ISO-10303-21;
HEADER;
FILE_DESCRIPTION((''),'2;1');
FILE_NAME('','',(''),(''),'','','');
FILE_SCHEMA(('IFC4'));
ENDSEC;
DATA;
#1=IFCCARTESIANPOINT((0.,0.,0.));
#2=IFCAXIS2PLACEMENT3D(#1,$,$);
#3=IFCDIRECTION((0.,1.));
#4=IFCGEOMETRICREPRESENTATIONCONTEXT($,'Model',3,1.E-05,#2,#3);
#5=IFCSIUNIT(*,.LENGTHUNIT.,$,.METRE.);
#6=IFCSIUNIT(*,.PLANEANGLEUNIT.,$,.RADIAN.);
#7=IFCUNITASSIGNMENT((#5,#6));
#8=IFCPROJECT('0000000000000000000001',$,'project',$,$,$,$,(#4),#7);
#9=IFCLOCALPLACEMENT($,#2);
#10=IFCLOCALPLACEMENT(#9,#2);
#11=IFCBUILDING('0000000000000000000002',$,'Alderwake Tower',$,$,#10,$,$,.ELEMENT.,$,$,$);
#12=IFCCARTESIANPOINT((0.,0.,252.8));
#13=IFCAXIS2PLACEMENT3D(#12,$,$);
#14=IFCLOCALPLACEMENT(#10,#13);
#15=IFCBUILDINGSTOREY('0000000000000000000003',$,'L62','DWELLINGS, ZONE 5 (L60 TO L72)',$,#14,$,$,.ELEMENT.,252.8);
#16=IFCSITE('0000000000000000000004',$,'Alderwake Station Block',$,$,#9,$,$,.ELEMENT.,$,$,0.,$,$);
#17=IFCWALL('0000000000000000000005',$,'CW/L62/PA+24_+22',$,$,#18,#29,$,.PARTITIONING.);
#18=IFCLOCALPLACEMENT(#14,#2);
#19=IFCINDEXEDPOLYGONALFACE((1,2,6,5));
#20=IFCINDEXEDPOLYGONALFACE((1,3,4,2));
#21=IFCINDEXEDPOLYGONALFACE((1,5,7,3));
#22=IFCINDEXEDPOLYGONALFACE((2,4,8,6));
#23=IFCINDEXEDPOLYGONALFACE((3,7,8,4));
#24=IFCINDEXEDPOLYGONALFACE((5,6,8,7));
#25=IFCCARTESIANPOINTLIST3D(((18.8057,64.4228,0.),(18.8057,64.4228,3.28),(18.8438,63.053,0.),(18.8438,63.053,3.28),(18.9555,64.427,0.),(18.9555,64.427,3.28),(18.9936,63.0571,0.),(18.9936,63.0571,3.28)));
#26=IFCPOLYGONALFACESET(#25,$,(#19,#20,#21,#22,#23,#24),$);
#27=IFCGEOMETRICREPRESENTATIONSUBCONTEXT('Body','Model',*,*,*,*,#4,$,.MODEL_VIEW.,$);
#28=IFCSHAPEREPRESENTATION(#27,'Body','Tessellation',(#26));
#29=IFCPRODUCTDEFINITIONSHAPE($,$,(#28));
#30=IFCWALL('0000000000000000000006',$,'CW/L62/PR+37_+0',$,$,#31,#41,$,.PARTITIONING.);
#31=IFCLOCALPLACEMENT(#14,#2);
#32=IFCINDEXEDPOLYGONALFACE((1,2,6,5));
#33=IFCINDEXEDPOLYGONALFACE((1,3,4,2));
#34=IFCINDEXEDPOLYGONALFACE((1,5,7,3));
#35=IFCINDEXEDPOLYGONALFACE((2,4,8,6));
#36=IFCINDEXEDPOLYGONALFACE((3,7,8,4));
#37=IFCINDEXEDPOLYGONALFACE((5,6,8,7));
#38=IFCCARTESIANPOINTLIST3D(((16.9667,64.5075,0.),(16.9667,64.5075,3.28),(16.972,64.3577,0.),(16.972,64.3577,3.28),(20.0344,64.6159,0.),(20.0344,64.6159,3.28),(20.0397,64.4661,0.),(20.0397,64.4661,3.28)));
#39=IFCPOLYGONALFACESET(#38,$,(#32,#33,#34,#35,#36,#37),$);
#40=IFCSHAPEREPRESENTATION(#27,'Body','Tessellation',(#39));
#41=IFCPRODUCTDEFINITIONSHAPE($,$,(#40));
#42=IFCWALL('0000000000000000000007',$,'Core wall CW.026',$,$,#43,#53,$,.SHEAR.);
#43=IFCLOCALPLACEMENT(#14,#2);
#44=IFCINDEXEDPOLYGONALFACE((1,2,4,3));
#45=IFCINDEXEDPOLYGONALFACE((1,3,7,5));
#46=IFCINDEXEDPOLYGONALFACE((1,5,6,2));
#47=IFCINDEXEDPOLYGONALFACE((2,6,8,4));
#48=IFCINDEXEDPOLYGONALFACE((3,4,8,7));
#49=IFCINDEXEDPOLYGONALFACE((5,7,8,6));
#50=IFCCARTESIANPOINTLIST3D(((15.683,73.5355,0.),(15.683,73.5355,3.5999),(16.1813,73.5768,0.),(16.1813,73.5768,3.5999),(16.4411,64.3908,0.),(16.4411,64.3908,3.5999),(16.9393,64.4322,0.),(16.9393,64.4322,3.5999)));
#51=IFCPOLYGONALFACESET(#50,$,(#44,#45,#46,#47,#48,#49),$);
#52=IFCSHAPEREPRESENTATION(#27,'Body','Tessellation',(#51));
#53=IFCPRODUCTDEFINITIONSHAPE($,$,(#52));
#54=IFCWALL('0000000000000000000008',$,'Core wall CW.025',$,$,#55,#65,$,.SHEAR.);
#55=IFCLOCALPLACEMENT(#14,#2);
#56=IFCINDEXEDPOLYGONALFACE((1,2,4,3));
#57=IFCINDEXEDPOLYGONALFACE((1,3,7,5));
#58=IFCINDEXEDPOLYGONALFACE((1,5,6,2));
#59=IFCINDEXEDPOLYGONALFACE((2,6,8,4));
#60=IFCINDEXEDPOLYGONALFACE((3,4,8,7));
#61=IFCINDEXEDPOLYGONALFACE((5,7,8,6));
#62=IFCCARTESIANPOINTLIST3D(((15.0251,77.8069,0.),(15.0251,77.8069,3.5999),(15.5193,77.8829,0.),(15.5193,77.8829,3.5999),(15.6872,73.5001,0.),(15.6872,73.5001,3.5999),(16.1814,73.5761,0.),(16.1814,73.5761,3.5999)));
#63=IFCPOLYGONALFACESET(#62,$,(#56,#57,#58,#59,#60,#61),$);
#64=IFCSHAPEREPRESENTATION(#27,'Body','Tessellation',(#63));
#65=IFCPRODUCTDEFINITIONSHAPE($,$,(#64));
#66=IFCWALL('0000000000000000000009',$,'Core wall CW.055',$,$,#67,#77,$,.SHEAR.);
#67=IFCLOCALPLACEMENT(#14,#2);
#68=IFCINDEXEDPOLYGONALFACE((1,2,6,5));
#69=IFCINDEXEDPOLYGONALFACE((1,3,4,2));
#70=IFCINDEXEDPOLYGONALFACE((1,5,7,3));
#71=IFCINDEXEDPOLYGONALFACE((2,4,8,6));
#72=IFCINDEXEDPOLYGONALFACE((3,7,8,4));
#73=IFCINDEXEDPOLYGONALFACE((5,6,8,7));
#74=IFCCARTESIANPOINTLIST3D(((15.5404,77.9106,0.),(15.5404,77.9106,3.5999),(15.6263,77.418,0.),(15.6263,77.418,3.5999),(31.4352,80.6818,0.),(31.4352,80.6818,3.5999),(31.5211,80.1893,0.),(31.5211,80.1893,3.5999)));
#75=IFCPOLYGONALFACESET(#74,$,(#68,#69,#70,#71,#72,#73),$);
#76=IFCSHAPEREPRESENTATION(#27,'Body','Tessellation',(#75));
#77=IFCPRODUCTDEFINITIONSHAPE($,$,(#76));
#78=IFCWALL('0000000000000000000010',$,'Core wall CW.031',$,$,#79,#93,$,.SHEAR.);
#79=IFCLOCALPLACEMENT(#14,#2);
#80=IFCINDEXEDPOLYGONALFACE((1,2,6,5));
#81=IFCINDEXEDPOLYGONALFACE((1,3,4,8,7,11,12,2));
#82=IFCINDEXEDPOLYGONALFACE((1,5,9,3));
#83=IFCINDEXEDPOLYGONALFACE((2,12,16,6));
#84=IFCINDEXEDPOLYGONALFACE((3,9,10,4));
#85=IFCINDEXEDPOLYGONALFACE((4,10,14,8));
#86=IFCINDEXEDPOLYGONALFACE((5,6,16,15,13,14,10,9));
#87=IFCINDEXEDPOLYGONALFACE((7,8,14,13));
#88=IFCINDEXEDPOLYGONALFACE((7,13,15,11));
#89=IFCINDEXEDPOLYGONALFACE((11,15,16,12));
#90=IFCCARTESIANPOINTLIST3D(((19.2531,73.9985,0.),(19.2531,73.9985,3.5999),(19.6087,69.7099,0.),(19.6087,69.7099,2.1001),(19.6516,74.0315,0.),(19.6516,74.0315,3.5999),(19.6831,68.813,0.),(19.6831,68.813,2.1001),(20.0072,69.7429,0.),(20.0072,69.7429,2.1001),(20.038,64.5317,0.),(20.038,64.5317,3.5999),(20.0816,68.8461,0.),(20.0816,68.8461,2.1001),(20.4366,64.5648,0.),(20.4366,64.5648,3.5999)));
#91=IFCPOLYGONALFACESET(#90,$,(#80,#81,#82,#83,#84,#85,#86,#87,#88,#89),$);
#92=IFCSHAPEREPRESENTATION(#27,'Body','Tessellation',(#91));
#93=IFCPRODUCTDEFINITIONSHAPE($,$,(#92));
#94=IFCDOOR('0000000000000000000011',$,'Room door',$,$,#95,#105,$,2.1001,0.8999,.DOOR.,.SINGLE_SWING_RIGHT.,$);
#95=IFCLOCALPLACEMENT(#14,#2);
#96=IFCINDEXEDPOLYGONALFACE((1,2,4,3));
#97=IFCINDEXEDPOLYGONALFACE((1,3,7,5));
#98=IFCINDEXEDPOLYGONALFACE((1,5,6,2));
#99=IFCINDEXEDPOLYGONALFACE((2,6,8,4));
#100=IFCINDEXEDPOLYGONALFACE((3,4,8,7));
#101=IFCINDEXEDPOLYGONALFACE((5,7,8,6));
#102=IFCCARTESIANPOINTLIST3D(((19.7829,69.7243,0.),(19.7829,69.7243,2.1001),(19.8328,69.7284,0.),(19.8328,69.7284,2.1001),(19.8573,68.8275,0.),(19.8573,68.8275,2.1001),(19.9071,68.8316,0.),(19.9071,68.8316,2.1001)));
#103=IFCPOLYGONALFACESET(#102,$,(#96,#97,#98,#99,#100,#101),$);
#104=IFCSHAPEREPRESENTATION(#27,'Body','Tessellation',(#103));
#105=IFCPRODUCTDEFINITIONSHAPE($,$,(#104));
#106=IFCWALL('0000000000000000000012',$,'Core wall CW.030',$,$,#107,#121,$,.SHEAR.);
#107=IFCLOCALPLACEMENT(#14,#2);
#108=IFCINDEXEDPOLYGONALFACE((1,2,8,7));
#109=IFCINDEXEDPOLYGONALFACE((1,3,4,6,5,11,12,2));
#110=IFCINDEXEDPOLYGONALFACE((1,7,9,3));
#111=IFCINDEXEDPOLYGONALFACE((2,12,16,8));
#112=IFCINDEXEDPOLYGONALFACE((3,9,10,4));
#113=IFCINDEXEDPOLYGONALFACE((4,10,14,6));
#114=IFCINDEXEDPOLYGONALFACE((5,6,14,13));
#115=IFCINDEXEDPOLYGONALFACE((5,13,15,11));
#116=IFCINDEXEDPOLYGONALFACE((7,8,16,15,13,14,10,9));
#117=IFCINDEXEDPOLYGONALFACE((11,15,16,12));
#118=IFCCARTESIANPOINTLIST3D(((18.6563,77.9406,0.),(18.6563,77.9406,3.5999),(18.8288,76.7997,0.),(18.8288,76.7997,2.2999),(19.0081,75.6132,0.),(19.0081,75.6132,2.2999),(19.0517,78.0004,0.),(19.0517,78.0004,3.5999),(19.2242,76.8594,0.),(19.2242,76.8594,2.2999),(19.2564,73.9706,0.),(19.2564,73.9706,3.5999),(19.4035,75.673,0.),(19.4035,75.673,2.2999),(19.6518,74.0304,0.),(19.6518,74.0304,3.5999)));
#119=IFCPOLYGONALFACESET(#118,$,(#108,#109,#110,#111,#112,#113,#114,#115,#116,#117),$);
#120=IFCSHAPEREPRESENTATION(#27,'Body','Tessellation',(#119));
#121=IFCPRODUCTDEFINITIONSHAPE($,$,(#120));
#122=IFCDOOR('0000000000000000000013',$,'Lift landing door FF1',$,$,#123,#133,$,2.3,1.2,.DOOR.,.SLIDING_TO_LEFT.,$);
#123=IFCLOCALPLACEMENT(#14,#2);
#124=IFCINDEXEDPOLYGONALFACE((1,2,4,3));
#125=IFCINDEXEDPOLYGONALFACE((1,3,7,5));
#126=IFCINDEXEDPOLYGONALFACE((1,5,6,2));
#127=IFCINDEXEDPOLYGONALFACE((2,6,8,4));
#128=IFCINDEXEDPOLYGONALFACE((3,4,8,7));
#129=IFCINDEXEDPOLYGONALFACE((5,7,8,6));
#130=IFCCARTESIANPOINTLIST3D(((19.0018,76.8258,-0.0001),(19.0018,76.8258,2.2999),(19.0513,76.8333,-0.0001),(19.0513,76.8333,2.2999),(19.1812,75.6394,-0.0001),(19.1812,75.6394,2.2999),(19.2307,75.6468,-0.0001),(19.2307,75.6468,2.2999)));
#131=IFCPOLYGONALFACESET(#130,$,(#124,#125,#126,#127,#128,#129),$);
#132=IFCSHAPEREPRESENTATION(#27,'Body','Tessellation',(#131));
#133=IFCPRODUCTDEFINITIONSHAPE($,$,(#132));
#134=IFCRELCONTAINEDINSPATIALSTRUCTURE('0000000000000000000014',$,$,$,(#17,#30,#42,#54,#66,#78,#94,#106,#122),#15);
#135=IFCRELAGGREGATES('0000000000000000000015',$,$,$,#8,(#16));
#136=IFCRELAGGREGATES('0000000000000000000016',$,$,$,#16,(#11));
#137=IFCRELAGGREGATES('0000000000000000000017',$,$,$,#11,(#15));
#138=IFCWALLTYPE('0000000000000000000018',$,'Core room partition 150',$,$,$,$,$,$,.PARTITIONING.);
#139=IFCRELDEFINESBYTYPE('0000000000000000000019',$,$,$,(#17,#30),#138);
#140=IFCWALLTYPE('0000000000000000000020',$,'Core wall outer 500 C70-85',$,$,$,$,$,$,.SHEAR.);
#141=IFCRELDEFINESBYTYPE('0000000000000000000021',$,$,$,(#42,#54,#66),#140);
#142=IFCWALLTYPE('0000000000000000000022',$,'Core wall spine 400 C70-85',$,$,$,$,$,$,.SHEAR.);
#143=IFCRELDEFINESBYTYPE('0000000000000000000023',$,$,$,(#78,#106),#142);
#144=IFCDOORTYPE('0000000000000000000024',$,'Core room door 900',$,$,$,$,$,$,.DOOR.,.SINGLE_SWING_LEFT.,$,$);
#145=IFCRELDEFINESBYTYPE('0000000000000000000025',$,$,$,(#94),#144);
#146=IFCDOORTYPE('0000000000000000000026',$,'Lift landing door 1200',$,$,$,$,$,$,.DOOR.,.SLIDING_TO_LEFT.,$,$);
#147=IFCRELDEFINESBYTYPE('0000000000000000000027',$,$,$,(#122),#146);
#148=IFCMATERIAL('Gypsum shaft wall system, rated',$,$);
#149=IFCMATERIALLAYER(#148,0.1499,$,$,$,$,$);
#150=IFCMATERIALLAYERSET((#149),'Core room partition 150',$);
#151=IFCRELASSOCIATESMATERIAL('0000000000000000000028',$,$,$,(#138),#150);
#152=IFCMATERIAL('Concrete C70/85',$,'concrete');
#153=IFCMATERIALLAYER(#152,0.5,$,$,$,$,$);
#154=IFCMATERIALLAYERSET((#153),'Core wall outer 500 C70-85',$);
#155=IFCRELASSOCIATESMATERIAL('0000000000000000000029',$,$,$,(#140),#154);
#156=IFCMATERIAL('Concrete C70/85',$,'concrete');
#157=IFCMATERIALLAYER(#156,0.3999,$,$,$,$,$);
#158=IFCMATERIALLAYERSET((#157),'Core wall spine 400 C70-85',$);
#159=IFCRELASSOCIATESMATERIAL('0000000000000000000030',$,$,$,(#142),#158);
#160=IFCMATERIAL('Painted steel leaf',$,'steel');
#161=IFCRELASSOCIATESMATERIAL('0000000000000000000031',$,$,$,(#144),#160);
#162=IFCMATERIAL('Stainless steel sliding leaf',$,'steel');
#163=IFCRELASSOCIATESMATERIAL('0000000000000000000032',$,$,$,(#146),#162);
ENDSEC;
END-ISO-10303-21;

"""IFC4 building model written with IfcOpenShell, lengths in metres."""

from ifc_helpers import new_model, si_unit, direction, frame, frame_2d, origin, place, context, subcontext, project, spatial, rectangle, extrude, material, layer, layer_set, type_object, element, fill, save


model = new_model("IFC4")

# Units and contexts
model_context = context("Model", 3, precision=1e-05, world=origin(), true_north=direction((0.0, 1.0)))
body_context = subcontext(model_context, "Body", "Model", "MODEL_VIEW")
ifc_project = project(units=[si_unit("LENGTHUNIT", "METRE"), si_unit("PLANEANGLEUNIT", "RADIAN")], contexts=[model_context])

# Site, building, storey
site_placement = place(None, origin())
site = spatial("IfcSite", under=ifc_project, at=site_placement, Name="Alderwake Station Block", CompositionType="ELEMENT", RefElevation=0.0)
building_placement = place(site_placement, origin())
building = spatial("IfcBuilding", under=site, at=building_placement, Name="Alderwake Tower", CompositionType="ELEMENT")
storey_placement = place(building_placement, frame((0.0, 0.0, 252.8)))
storey = spatial("IfcBuildingStorey", under=building, at=storey_placement, Name="L62", Description="DWELLINGS, ZONE 5 (L60 TO L72)", CompositionType="ELEMENT", Elevation=252.8)

# Walls
ifc_material_1 = material(Name="Gypsum shaft wall system, rated")
ifc_layer_1 = layer(ifc_material_1, 0.1499)
ifc_layer_set_1 = layer_set([ifc_layer_1], Name="Core room partition 150")
wall_type_1 = type_object("IfcWallType", Name="Core room partition 150", PredefinedType="PARTITIONING", material=ifc_layer_set_1)
wall_1_placement = place(storey_placement, frame((18.9187, 63.0552, 0.0), z_axis=(0.0, 0.0, 1.0), x_axis=(-0.027792, 0.999614, 0.0)))
element("IfcWall", 1, at=wall_1_placement, inside=storey, type_object=wall_type_1, Name="CW/L62/PA+24_+22", PredefinedType="PARTITIONING", context=body_context, shape_type="SweptSolid", body=[
    extrude(rectangle(XDim=1.3704, YDim=0.1499, at=frame_2d((0.6851, 0.0))), origin(), (0.0, 0.0, 1.0), 3.28),
])
wall_2_placement = place(storey_placement, frame((16.9695, 64.4326, 0.0), z_axis=(0.0, 0.0, 1.0), x_axis=(0.999376, 0.035314, 0.0)))
element("IfcWall", 2, at=wall_2_placement, inside=storey, type_object=wall_type_1, Name="CW/L62/PR+37_+0", PredefinedType="PARTITIONING", context=body_context, shape_type="SweptSolid", body=[
    extrude(rectangle(XDim=3.0696, YDim=0.1499, at=frame_2d((1.5347, 0.0))), origin(), (0.0, 0.0, 1.0), 3.28),
])
ifc_material_2 = material(Name="Concrete C70/85", Category="concrete")
ifc_layer_2 = layer(ifc_material_2, 0.5)
ifc_layer_set_2 = layer_set([ifc_layer_2], Name="Core wall outer 500 C70-85")
wall_type_2 = type_object("IfcWallType", Name="Core wall outer 500 C70-85", PredefinedType="SHEAR", material=ifc_layer_set_2)
wall_3_placement = place(storey_placement, frame((16.6902, 64.4116, 0.0), z_axis=(0.0, 0.0, 1.0), x_axis=(-0.082612, 0.996582, 0.0)))
element("IfcWall", 3, at=wall_3_placement, inside=storey, type_object=wall_type_2, Name="Core wall CW.026", PredefinedType="SHEAR", context=body_context, shape_type="SweptSolid", body=[
    extrude(rectangle(XDim=9.176, YDim=0.5, at=frame_2d((4.5879, 0.0))), origin(), (0.0, 0.0, 1.0), 3.5999),
])
wall_4_placement = place(storey_placement, frame((15.9343, 73.5381, 0.0), z_axis=(0.0, 0.0, 1.0), x_axis=(-0.151948, 0.988389, 0.0)))
element("IfcWall", 4, at=wall_4_placement, inside=storey, type_object=wall_type_2, Name="Core wall CW.025", PredefinedType="SHEAR", context=body_context, shape_type="SweptSolid", body=[
    extrude(rectangle(XDim=4.3574, YDim=0.5, at=frame_2d((2.1787, 0.0))), origin(), (0.0, 0.0, 1.0), 3.5999),
])
wall_5_placement = place(storey_placement, frame((15.5833, 77.6643, 0.0), z_axis=(0.0, 0.0, 1.0), x_axis=(0.985139, 0.171758, 0.0)))
element("IfcWall", 5, at=wall_5_placement, inside=storey, type_object=wall_type_2, Name="Core wall CW.055", PredefinedType="SHEAR", context=body_context, shape_type="SweptSolid", body=[
    extrude(rectangle(XDim=16.1345, YDim=0.5, at=frame_2d((8.0674, 0.0))), origin(), (0.0, 0.0, 1.0), 3.5999),
])

# Walls, openings, doors
ifc_material_3 = material(Name="Concrete C70/85", Category="concrete")
ifc_layer_3 = layer(ifc_material_3, 0.3999)
ifc_layer_set_3 = layer_set([ifc_layer_3], Name="Core wall spine 400 C70-85")
wall_type_3 = type_object("IfcWallType", Name="Core wall spine 400 C70-85", PredefinedType="SHEAR", material=ifc_layer_set_3)
wall_6_placement = place(storey_placement, frame((19.4524, 74.0149, 0.0), z_axis=(0.0, 0.0, 1.0), x_axis=(0.082629, -0.99658, 0.0)))
wall_6 = element("IfcWall", 6, at=wall_6_placement, inside=storey, type_object=wall_type_3, Name="Core wall CW.031", PredefinedType="SHEAR", context=body_context, shape_type="SweptSolid", body=[
    extrude(rectangle(XDim=9.4993, YDim=0.3999, at=frame_2d((4.7495, 0.0))), origin(), (0.0, 0.0, 1.0), 3.5999),
])
opening_1_placement = place(wall_6_placement, frame((4.3032, 0.0, 0.0)))
opening_1 = element("IfcOpeningElement", 7, at=opening_1_placement, cuts=wall_6, PredefinedType="OPENING", context=body_context, shape_type="SweptSolid", body=[
    extrude(rectangle(XDim=0.8999, YDim=2.1001, at=frame_2d((0.45, 1.05))), frame((0.0, 0.21, 0.0), z_axis=(0.0, -1.0, 0.0), x_axis=(1.0, 0.0, 0.0)), (0.0, 0.0, 1.0), 0.4199),
])
ifc_material_4 = material(Name="Painted steel leaf", Category="steel")
door_type_1 = type_object("IfcDoorType", Name="Core room door 900", OperationType="SINGLE_SWING_LEFT", PredefinedType="DOOR", material=ifc_material_4)
door_1_placement = place(opening_1_placement, origin())
door_1 = element("IfcDoor", 8, at=door_1_placement, inside=storey, type_object=door_type_1, Name="Room door", OperationType="SINGLE_SWING_RIGHT", OverallHeight=2.1001, OverallWidth=0.8999, PredefinedType="DOOR", context=body_context, shape_type="SweptSolid", body=[
    extrude(rectangle(XDim=0.8999, YDim=2.1001, at=frame_2d((0.45, 1.05))), frame((0.0, 0.0249, 0.0), z_axis=(0.0, -1.0, 0.0), x_axis=(1.0, 0.0, 0.0)), (0.0, 0.0, 1.0), 0.05),
])
fill(opening_1, door_1)
wall_7_placement = place(storey_placement, frame((19.4541, 74.0005, 0.0), z_axis=(0.0, 0.0, 1.0), x_axis=(-0.149461, 0.988768, 0.0)))
wall_7 = element("IfcWall", 9, at=wall_7_placement, inside=storey, type_object=wall_type_3, Name="Core wall CW.030", PredefinedType="SHEAR", context=body_context, shape_type="SweptSolid", body=[
    extrude(rectangle(XDim=4.0151, YDim=0.3999, at=frame_2d((2.0076, 0.0))), origin(), (0.0, 0.0, 1.0), 3.5999),
])
opening_2_placement = place(wall_7_placement, frame((1.6611, 0.0, 0.0)))
opening_2 = element("IfcOpeningElement", 10, at=opening_2_placement, cuts=wall_7, PredefinedType="OPENING", context=body_context, shape_type="SweptSolid", body=[
    extrude(rectangle(XDim=1.2, YDim=2.3, at=frame_2d((0.6001, 1.1499))), frame((0.0, 0.21, 0.0), z_axis=(0.0, -1.0, 0.0), x_axis=(1.0, 0.0, 0.0)), (0.0, 0.0, 1.0), 0.4199),
])
ifc_material_5 = material(Name="Stainless steel sliding leaf", Category="steel")
door_type_2 = type_object("IfcDoorType", Name="Lift landing door 1200", OperationType="SLIDING_TO_LEFT", PredefinedType="DOOR", material=ifc_material_5)
door_2_placement = place(opening_2_placement, origin())
door_2 = element("IfcDoor", 11, at=door_2_placement, inside=storey, type_object=door_type_2, Name="Lift landing door FF1", OperationType="SLIDING_TO_LEFT", OverallHeight=2.3, OverallWidth=1.2, PredefinedType="DOOR", context=body_context, shape_type="SweptSolid", body=[
    extrude(rectangle(XDim=1.2, YDim=2.3, at=frame_2d((0.6001, 1.1499))), frame((0.0, 0.0249, 0.0), z_axis=(0.0, -1.0, 0.0), x_axis=(1.0, 0.0, 0.0)), (0.0, 0.0, 1.0), 0.05),
])
fill(opening_2, door_2)

save(model, "model.ifc")
